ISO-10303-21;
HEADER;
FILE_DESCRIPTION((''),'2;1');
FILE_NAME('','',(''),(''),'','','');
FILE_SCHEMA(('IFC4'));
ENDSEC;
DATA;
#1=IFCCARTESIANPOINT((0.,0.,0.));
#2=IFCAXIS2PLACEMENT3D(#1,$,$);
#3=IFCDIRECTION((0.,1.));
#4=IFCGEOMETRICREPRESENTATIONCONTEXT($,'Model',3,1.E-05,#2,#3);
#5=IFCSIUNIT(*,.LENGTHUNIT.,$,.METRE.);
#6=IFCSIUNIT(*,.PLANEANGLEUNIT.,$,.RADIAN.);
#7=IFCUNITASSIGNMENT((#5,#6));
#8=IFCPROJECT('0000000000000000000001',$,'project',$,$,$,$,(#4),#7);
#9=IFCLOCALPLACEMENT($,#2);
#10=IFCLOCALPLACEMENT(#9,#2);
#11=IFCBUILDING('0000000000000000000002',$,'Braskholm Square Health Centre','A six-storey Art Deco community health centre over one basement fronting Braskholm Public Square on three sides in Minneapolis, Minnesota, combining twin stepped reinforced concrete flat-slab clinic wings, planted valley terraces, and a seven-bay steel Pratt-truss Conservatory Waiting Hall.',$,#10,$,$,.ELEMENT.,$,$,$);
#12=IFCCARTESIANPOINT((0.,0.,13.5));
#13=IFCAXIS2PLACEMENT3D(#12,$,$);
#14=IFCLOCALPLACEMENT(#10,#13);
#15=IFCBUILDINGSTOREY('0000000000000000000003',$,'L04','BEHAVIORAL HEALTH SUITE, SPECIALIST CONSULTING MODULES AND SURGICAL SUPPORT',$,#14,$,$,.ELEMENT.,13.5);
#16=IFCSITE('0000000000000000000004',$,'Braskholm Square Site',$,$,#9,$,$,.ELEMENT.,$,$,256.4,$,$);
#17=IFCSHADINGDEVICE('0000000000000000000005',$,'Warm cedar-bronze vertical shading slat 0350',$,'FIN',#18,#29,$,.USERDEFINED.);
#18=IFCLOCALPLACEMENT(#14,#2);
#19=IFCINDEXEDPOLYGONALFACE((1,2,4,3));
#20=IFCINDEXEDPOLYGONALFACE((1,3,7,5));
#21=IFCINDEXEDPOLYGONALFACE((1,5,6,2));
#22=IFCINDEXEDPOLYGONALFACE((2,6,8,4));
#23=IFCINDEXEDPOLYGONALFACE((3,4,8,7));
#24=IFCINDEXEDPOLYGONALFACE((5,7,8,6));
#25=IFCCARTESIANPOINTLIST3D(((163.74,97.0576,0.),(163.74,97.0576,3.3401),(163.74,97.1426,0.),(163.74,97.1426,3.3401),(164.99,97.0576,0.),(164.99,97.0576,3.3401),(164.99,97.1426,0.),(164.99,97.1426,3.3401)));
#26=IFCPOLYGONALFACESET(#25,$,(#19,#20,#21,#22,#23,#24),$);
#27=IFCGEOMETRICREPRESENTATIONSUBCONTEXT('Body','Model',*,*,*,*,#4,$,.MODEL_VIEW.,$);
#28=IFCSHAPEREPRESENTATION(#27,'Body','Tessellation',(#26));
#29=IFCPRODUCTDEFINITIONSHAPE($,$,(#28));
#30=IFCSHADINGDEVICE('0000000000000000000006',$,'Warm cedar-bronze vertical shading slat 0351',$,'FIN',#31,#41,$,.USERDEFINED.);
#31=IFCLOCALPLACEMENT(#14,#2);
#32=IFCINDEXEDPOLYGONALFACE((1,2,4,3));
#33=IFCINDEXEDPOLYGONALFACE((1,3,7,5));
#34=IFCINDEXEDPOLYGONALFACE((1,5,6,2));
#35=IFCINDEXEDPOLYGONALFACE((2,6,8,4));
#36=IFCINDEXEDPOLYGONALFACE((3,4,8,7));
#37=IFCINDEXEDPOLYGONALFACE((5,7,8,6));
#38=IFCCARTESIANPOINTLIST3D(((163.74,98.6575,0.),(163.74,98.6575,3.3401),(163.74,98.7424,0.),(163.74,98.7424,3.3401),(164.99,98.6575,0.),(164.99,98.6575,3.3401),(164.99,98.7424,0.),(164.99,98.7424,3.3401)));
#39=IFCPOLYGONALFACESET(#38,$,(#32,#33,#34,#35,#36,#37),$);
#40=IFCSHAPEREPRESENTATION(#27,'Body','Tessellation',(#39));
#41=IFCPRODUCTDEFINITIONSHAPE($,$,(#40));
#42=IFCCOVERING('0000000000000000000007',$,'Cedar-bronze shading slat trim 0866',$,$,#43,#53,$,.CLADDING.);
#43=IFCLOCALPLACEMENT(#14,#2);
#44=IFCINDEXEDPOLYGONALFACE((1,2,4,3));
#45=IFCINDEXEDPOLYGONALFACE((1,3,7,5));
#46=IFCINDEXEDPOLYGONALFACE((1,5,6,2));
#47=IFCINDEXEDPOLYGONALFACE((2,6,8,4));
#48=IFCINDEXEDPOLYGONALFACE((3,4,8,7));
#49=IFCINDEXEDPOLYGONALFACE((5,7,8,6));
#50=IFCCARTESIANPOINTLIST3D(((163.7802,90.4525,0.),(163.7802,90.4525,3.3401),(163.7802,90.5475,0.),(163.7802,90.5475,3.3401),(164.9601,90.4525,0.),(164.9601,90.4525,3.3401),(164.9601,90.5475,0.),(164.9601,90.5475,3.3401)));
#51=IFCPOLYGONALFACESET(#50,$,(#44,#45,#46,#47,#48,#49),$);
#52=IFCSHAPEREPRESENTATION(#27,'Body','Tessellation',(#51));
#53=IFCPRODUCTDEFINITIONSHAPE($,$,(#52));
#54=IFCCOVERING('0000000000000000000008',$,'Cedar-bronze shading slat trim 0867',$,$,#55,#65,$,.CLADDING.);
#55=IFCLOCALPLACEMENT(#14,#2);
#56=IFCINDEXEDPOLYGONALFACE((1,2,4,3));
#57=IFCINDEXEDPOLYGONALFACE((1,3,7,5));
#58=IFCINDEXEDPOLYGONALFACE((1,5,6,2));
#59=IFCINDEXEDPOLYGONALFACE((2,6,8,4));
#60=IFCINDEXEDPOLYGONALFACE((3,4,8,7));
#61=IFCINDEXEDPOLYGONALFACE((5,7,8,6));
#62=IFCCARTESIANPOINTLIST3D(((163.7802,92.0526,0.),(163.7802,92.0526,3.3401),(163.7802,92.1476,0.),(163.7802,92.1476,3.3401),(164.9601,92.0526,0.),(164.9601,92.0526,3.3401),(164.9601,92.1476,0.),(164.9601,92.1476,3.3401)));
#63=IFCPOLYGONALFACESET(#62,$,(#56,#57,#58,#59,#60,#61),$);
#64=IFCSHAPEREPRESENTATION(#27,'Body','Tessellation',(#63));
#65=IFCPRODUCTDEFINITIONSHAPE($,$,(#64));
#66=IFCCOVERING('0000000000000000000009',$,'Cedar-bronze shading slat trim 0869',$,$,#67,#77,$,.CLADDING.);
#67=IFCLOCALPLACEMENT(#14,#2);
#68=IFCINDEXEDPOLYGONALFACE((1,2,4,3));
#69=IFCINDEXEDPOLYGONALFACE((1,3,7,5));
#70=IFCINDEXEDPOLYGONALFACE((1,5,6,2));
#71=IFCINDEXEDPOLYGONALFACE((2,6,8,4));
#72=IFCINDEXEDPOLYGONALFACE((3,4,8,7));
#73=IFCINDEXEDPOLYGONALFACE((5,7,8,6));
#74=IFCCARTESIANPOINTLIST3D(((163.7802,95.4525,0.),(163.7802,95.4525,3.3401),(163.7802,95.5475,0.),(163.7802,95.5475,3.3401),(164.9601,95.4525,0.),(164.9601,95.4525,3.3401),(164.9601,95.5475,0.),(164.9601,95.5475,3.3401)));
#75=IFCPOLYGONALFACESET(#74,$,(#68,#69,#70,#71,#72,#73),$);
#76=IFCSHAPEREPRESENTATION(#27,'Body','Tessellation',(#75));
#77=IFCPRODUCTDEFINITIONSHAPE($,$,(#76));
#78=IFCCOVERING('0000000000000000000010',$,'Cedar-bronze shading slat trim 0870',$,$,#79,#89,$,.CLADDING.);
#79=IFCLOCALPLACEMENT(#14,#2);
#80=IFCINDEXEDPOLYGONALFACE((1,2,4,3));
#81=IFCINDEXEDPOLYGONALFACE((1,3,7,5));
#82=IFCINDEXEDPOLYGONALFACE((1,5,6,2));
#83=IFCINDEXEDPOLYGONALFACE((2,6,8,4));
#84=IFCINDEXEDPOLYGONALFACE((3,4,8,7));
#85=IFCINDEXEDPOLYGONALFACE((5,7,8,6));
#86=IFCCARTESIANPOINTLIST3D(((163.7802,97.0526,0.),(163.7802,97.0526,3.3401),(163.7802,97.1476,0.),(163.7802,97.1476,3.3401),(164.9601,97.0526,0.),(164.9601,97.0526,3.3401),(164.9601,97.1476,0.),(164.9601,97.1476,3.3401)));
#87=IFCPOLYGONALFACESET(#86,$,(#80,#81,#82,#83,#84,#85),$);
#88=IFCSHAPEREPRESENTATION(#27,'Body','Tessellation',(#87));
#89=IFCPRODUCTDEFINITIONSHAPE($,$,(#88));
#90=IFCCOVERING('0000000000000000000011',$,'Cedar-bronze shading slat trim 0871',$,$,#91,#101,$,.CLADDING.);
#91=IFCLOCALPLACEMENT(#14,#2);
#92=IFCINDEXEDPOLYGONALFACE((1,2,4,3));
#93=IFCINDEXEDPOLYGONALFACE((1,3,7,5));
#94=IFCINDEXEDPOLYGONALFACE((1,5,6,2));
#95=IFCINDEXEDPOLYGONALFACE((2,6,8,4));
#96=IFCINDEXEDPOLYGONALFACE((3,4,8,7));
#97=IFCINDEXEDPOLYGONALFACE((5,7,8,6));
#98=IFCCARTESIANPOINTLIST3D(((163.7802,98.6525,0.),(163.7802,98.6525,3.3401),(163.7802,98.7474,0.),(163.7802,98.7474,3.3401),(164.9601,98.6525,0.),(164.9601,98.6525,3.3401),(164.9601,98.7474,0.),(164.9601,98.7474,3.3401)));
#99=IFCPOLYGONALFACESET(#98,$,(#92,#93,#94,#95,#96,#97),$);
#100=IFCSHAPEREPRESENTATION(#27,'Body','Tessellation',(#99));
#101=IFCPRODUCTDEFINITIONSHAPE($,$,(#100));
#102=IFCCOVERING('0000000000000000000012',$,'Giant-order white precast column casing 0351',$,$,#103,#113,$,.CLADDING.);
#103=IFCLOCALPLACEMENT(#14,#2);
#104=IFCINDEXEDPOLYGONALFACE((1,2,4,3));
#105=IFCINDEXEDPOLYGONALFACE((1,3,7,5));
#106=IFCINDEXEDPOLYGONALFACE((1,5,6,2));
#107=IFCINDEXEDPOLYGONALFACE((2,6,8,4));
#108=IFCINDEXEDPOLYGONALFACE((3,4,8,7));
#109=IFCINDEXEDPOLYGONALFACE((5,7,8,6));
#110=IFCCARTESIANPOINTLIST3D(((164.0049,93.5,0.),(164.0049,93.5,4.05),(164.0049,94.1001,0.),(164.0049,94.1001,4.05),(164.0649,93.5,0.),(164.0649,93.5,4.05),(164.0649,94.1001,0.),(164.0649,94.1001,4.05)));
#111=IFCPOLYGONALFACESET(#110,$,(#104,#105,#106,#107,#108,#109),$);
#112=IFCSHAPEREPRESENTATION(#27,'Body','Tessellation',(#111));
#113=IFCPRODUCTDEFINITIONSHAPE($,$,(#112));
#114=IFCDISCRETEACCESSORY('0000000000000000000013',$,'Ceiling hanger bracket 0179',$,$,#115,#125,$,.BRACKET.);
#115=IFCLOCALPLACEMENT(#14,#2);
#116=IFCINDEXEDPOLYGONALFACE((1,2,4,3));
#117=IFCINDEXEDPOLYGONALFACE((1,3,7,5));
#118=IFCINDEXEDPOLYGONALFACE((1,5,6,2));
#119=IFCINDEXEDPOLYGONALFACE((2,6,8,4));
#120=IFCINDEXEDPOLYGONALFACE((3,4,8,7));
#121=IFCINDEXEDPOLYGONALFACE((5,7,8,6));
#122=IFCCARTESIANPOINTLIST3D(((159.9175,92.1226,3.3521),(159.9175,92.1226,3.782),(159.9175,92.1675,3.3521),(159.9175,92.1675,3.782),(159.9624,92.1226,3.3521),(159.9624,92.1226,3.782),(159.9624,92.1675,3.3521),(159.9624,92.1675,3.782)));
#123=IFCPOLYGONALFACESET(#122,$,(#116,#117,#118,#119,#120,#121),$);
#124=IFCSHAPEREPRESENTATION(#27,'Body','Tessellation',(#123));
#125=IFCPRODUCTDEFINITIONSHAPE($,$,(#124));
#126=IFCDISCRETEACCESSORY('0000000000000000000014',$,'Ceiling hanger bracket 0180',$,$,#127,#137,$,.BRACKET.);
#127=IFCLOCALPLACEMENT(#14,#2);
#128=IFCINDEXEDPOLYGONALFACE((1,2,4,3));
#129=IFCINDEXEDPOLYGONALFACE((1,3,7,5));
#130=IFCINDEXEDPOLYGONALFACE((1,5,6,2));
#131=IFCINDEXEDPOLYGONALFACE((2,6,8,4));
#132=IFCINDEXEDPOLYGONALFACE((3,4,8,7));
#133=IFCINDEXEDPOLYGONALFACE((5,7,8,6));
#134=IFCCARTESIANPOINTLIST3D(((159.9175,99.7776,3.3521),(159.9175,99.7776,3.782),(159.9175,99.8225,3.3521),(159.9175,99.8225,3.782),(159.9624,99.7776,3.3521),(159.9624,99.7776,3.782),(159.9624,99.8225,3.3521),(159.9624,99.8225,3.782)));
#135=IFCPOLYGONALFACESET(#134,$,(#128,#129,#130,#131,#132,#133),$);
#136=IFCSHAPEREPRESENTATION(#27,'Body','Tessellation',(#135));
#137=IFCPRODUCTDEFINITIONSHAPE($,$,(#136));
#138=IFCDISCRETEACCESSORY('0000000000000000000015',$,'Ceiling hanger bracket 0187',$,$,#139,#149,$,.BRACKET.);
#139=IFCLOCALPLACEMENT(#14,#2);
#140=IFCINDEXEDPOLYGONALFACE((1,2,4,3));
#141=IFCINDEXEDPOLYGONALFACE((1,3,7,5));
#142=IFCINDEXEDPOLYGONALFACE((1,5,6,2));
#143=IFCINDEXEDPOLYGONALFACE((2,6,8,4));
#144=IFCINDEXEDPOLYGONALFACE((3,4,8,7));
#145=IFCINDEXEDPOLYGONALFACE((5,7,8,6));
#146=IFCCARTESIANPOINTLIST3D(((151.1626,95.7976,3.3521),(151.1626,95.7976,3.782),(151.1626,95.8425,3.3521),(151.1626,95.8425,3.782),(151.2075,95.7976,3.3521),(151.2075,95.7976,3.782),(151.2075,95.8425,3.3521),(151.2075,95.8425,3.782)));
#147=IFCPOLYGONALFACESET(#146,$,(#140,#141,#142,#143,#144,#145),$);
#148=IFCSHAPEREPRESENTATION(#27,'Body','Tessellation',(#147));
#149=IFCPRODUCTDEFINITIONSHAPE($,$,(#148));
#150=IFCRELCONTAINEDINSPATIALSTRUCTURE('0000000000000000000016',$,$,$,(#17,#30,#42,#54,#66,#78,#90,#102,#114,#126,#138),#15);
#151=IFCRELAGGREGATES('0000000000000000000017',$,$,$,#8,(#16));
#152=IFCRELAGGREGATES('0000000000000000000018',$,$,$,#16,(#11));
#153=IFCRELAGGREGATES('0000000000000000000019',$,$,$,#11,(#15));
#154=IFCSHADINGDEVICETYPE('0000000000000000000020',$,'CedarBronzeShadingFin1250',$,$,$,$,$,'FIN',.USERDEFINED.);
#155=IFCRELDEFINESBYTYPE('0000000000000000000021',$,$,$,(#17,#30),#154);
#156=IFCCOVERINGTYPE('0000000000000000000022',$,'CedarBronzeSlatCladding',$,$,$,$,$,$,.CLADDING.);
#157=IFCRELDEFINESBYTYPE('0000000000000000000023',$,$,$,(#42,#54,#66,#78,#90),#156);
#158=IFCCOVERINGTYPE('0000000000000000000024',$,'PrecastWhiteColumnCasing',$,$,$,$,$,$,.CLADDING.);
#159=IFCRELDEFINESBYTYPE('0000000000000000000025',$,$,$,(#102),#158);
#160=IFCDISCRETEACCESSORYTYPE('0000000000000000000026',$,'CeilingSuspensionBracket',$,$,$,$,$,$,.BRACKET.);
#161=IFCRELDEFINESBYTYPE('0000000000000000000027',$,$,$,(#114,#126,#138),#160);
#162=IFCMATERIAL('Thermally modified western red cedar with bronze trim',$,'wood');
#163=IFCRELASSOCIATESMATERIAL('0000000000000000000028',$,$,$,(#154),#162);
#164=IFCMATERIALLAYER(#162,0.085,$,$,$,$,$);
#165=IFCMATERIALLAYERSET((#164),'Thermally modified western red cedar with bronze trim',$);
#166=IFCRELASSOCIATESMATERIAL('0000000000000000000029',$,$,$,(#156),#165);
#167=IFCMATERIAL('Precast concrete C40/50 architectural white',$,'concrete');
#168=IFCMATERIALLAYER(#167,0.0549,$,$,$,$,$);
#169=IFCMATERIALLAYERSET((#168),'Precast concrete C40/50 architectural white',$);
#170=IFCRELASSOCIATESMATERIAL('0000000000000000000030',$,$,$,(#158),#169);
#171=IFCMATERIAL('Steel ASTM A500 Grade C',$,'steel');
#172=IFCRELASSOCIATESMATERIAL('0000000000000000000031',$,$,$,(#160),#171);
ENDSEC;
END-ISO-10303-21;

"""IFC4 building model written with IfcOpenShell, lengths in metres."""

from ifc_helpers import new_model, si_unit, direction, frame, origin, origin_2d, place, context, subcontext, project, spatial, rectangle, extrude, material, layer, layer_set, type_object, element, save


model = new_model("IFC4")

# Units and contexts
model_context = context("Model", 3, precision=1e-05, world=origin(), true_north=direction((0.0, 1.0)))
body_context = subcontext(model_context, "Body", "Model", "MODEL_VIEW")
ifc_project = project(units=[si_unit("LENGTHUNIT", "METRE"), si_unit("PLANEANGLEUNIT", "RADIAN")], contexts=[model_context])

# Site, building, storey
site_placement = place(None, origin())
site = spatial("IfcSite", under=ifc_project, at=site_placement, Name="Braskholm Square Site", CompositionType="ELEMENT", RefElevation=256.4)
building_placement = place(site_placement, origin())
building = spatial("IfcBuilding", under=site, at=building_placement, Name="Braskholm Square Health Centre", Description="A six-storey Art Deco community health centre over one basement fronting Braskholm Public Square on three sides in Minneapolis, Minnesota, combining twin stepped reinforced concrete flat-slab clinic wings, planted valley terraces, and a seven-bay steel Pratt-truss Conservatory Waiting Hall.", CompositionType="ELEMENT")
storey_placement = place(building_placement, frame((0.0, 0.0, 13.5)))
storey = spatial("IfcBuildingStorey", under=building, at=storey_placement, Name="L04", Description="BEHAVIORAL HEALTH SUITE, SPECIALIST CONSULTING MODULES AND SURGICAL SUPPORT", CompositionType="ELEMENT", Elevation=13.5)

# Shared definitions
ifc_material_1 = material(Name="Precast concrete C40/50 architectural white", Category="concrete")

# Shading devices
ifc_material_2 = material(Name="Thermally modified western red cedar with bronze trim", Category="wood")
shading_device_type = type_object("IfcShadingDeviceType", Name="CedarBronzeShadingFin1250", ElementType="FIN", PredefinedType="USERDEFINED", material=ifc_material_2)
for number, where, z_axis, x_axis, name in (
    (1, (164.365, 97.1001, 0.0), (0.0, 0.0, 1.0), (1.0, 0.0, 0.0), "Warm cedar-bronze vertical shading slat 0350"),
    (2, (164.365, 98.7, 0.0), (0.0, 0.0, 1.0), (1.0, 0.0, 0.0), "Warm cedar-bronze vertical shading slat 0351"),
):
    element("IfcShadingDevice", number, at=place(storey_placement, frame(where, z_axis=z_axis, x_axis=x_axis)), inside=storey, type_object=shading_device_type, Name=name, ObjectType="FIN", PredefinedType="USERDEFINED", context=body_context, shape_type="SweptSolid", body=[
        extrude(rectangle(XDim=1.25, YDim=0.085, at=origin_2d()), origin(), (0.0, 0.0, 1.0), 3.3401),
    ])

# Coverings
ifc_layer_1 = layer(ifc_material_2, 0.085)
ifc_layer_set_1 = layer_set([ifc_layer_1], Name="Thermally modified western red cedar with bronze trim")
covering_type_1 = type_object("IfcCoveringType", Name="CedarBronzeSlatCladding", PredefinedType="CLADDING", material=ifc_layer_set_1)
for number, where, z_axis, x_axis, name in (
    (3, (164.3701, 90.5, 0.0), (0.0, 0.0, 1.0), (1.0, 0.0, 0.0), "Cedar-bronze shading slat trim 0866"),
    (4, (164.3701, 92.1001, 0.0), (0.0, 0.0, 1.0), (1.0, 0.0, 0.0), "Cedar-bronze shading slat trim 0867"),
    (5, (164.3701, 95.5, 0.0), (0.0, 0.0, 1.0), (1.0, 0.0, 0.0), "Cedar-bronze shading slat trim 0869"),
    (6, (164.3701, 97.1001, 0.0), (0.0, 0.0, 1.0), (1.0, 0.0, 0.0), "Cedar-bronze shading slat trim 0870"),
    (7, (164.3701, 98.7, 0.0), (0.0, 0.0, 1.0), (1.0, 0.0, 0.0), "Cedar-bronze shading slat trim 0871"),
):
    element("IfcCovering", number, at=place(storey_placement, frame(where, z_axis=z_axis, x_axis=x_axis)), inside=storey, type_object=covering_type_1, Name=name, PredefinedType="CLADDING", context=body_context, shape_type="SweptSolid", body=[
        extrude(rectangle(XDim=1.1799, YDim=0.095, at=origin_2d()), origin(), (0.0, 0.0, 1.0), 3.3401),
    ])
ifc_layer_2 = layer(ifc_material_1, 0.0549)
ifc_layer_set_2 = layer_set([ifc_layer_2], Name="Precast concrete C40/50 architectural white")
covering_type_2 = type_object("IfcCoveringType", Name="PrecastWhiteColumnCasing", PredefinedType="CLADDING", material=ifc_layer_set_2)
covering_placement = place(storey_placement, frame((164.0349, 93.8, 0.0), z_axis=(0.0, 0.0, 1.0), x_axis=(1.0, 0.0, 0.0)))
element("IfcCovering", 8, at=covering_placement, inside=storey, type_object=covering_type_2, Name="Giant-order white precast column casing 0351", PredefinedType="CLADDING", context=body_context, shape_type="SweptSolid", body=[
    extrude(rectangle(XDim=0.0601, YDim=0.6001, at=origin_2d()), origin(), (0.0, 0.0, 1.0), 4.05),
])

# Discrete accessories
ifc_material_3 = material(Name="Steel ASTM A500 Grade C", Category="steel")
discrete_accessory_type = type_object("IfcDiscreteAccessoryType", Name="CeilingSuspensionBracket", PredefinedType="BRACKET", material=ifc_material_3)
for number, where, z_axis, x_axis, name in (
    (9, (159.9399, 92.145, 3.3521), (0.0, 0.0, 1.0), (1.0, 0.0, 0.0), "Ceiling hanger bracket 0179"),
    (10, (159.9399, 99.8, 3.3521), (0.0, 0.0, 1.0), (1.0, 0.0, 0.0), "Ceiling hanger bracket 0180"),
    (11, (151.1851, 95.8201, 3.3521), (0.0, 0.0, 1.0), (1.0, 0.0, 0.0), "Ceiling hanger bracket 0187"),
):
    element("IfcDiscreteAccessory", number, at=place(storey_placement, frame(where, z_axis=z_axis, x_axis=x_axis)), inside=storey, type_object=discrete_accessory_type, Name=name, PredefinedType="BRACKET", context=body_context, shape_type="SweptSolid", body=[
        extrude(rectangle(XDim=0.0449, YDim=0.0449, at=origin_2d()), origin(), (0.0, 0.0, 1.0), 0.4299),
    ])

save(model, "model.ifc")
